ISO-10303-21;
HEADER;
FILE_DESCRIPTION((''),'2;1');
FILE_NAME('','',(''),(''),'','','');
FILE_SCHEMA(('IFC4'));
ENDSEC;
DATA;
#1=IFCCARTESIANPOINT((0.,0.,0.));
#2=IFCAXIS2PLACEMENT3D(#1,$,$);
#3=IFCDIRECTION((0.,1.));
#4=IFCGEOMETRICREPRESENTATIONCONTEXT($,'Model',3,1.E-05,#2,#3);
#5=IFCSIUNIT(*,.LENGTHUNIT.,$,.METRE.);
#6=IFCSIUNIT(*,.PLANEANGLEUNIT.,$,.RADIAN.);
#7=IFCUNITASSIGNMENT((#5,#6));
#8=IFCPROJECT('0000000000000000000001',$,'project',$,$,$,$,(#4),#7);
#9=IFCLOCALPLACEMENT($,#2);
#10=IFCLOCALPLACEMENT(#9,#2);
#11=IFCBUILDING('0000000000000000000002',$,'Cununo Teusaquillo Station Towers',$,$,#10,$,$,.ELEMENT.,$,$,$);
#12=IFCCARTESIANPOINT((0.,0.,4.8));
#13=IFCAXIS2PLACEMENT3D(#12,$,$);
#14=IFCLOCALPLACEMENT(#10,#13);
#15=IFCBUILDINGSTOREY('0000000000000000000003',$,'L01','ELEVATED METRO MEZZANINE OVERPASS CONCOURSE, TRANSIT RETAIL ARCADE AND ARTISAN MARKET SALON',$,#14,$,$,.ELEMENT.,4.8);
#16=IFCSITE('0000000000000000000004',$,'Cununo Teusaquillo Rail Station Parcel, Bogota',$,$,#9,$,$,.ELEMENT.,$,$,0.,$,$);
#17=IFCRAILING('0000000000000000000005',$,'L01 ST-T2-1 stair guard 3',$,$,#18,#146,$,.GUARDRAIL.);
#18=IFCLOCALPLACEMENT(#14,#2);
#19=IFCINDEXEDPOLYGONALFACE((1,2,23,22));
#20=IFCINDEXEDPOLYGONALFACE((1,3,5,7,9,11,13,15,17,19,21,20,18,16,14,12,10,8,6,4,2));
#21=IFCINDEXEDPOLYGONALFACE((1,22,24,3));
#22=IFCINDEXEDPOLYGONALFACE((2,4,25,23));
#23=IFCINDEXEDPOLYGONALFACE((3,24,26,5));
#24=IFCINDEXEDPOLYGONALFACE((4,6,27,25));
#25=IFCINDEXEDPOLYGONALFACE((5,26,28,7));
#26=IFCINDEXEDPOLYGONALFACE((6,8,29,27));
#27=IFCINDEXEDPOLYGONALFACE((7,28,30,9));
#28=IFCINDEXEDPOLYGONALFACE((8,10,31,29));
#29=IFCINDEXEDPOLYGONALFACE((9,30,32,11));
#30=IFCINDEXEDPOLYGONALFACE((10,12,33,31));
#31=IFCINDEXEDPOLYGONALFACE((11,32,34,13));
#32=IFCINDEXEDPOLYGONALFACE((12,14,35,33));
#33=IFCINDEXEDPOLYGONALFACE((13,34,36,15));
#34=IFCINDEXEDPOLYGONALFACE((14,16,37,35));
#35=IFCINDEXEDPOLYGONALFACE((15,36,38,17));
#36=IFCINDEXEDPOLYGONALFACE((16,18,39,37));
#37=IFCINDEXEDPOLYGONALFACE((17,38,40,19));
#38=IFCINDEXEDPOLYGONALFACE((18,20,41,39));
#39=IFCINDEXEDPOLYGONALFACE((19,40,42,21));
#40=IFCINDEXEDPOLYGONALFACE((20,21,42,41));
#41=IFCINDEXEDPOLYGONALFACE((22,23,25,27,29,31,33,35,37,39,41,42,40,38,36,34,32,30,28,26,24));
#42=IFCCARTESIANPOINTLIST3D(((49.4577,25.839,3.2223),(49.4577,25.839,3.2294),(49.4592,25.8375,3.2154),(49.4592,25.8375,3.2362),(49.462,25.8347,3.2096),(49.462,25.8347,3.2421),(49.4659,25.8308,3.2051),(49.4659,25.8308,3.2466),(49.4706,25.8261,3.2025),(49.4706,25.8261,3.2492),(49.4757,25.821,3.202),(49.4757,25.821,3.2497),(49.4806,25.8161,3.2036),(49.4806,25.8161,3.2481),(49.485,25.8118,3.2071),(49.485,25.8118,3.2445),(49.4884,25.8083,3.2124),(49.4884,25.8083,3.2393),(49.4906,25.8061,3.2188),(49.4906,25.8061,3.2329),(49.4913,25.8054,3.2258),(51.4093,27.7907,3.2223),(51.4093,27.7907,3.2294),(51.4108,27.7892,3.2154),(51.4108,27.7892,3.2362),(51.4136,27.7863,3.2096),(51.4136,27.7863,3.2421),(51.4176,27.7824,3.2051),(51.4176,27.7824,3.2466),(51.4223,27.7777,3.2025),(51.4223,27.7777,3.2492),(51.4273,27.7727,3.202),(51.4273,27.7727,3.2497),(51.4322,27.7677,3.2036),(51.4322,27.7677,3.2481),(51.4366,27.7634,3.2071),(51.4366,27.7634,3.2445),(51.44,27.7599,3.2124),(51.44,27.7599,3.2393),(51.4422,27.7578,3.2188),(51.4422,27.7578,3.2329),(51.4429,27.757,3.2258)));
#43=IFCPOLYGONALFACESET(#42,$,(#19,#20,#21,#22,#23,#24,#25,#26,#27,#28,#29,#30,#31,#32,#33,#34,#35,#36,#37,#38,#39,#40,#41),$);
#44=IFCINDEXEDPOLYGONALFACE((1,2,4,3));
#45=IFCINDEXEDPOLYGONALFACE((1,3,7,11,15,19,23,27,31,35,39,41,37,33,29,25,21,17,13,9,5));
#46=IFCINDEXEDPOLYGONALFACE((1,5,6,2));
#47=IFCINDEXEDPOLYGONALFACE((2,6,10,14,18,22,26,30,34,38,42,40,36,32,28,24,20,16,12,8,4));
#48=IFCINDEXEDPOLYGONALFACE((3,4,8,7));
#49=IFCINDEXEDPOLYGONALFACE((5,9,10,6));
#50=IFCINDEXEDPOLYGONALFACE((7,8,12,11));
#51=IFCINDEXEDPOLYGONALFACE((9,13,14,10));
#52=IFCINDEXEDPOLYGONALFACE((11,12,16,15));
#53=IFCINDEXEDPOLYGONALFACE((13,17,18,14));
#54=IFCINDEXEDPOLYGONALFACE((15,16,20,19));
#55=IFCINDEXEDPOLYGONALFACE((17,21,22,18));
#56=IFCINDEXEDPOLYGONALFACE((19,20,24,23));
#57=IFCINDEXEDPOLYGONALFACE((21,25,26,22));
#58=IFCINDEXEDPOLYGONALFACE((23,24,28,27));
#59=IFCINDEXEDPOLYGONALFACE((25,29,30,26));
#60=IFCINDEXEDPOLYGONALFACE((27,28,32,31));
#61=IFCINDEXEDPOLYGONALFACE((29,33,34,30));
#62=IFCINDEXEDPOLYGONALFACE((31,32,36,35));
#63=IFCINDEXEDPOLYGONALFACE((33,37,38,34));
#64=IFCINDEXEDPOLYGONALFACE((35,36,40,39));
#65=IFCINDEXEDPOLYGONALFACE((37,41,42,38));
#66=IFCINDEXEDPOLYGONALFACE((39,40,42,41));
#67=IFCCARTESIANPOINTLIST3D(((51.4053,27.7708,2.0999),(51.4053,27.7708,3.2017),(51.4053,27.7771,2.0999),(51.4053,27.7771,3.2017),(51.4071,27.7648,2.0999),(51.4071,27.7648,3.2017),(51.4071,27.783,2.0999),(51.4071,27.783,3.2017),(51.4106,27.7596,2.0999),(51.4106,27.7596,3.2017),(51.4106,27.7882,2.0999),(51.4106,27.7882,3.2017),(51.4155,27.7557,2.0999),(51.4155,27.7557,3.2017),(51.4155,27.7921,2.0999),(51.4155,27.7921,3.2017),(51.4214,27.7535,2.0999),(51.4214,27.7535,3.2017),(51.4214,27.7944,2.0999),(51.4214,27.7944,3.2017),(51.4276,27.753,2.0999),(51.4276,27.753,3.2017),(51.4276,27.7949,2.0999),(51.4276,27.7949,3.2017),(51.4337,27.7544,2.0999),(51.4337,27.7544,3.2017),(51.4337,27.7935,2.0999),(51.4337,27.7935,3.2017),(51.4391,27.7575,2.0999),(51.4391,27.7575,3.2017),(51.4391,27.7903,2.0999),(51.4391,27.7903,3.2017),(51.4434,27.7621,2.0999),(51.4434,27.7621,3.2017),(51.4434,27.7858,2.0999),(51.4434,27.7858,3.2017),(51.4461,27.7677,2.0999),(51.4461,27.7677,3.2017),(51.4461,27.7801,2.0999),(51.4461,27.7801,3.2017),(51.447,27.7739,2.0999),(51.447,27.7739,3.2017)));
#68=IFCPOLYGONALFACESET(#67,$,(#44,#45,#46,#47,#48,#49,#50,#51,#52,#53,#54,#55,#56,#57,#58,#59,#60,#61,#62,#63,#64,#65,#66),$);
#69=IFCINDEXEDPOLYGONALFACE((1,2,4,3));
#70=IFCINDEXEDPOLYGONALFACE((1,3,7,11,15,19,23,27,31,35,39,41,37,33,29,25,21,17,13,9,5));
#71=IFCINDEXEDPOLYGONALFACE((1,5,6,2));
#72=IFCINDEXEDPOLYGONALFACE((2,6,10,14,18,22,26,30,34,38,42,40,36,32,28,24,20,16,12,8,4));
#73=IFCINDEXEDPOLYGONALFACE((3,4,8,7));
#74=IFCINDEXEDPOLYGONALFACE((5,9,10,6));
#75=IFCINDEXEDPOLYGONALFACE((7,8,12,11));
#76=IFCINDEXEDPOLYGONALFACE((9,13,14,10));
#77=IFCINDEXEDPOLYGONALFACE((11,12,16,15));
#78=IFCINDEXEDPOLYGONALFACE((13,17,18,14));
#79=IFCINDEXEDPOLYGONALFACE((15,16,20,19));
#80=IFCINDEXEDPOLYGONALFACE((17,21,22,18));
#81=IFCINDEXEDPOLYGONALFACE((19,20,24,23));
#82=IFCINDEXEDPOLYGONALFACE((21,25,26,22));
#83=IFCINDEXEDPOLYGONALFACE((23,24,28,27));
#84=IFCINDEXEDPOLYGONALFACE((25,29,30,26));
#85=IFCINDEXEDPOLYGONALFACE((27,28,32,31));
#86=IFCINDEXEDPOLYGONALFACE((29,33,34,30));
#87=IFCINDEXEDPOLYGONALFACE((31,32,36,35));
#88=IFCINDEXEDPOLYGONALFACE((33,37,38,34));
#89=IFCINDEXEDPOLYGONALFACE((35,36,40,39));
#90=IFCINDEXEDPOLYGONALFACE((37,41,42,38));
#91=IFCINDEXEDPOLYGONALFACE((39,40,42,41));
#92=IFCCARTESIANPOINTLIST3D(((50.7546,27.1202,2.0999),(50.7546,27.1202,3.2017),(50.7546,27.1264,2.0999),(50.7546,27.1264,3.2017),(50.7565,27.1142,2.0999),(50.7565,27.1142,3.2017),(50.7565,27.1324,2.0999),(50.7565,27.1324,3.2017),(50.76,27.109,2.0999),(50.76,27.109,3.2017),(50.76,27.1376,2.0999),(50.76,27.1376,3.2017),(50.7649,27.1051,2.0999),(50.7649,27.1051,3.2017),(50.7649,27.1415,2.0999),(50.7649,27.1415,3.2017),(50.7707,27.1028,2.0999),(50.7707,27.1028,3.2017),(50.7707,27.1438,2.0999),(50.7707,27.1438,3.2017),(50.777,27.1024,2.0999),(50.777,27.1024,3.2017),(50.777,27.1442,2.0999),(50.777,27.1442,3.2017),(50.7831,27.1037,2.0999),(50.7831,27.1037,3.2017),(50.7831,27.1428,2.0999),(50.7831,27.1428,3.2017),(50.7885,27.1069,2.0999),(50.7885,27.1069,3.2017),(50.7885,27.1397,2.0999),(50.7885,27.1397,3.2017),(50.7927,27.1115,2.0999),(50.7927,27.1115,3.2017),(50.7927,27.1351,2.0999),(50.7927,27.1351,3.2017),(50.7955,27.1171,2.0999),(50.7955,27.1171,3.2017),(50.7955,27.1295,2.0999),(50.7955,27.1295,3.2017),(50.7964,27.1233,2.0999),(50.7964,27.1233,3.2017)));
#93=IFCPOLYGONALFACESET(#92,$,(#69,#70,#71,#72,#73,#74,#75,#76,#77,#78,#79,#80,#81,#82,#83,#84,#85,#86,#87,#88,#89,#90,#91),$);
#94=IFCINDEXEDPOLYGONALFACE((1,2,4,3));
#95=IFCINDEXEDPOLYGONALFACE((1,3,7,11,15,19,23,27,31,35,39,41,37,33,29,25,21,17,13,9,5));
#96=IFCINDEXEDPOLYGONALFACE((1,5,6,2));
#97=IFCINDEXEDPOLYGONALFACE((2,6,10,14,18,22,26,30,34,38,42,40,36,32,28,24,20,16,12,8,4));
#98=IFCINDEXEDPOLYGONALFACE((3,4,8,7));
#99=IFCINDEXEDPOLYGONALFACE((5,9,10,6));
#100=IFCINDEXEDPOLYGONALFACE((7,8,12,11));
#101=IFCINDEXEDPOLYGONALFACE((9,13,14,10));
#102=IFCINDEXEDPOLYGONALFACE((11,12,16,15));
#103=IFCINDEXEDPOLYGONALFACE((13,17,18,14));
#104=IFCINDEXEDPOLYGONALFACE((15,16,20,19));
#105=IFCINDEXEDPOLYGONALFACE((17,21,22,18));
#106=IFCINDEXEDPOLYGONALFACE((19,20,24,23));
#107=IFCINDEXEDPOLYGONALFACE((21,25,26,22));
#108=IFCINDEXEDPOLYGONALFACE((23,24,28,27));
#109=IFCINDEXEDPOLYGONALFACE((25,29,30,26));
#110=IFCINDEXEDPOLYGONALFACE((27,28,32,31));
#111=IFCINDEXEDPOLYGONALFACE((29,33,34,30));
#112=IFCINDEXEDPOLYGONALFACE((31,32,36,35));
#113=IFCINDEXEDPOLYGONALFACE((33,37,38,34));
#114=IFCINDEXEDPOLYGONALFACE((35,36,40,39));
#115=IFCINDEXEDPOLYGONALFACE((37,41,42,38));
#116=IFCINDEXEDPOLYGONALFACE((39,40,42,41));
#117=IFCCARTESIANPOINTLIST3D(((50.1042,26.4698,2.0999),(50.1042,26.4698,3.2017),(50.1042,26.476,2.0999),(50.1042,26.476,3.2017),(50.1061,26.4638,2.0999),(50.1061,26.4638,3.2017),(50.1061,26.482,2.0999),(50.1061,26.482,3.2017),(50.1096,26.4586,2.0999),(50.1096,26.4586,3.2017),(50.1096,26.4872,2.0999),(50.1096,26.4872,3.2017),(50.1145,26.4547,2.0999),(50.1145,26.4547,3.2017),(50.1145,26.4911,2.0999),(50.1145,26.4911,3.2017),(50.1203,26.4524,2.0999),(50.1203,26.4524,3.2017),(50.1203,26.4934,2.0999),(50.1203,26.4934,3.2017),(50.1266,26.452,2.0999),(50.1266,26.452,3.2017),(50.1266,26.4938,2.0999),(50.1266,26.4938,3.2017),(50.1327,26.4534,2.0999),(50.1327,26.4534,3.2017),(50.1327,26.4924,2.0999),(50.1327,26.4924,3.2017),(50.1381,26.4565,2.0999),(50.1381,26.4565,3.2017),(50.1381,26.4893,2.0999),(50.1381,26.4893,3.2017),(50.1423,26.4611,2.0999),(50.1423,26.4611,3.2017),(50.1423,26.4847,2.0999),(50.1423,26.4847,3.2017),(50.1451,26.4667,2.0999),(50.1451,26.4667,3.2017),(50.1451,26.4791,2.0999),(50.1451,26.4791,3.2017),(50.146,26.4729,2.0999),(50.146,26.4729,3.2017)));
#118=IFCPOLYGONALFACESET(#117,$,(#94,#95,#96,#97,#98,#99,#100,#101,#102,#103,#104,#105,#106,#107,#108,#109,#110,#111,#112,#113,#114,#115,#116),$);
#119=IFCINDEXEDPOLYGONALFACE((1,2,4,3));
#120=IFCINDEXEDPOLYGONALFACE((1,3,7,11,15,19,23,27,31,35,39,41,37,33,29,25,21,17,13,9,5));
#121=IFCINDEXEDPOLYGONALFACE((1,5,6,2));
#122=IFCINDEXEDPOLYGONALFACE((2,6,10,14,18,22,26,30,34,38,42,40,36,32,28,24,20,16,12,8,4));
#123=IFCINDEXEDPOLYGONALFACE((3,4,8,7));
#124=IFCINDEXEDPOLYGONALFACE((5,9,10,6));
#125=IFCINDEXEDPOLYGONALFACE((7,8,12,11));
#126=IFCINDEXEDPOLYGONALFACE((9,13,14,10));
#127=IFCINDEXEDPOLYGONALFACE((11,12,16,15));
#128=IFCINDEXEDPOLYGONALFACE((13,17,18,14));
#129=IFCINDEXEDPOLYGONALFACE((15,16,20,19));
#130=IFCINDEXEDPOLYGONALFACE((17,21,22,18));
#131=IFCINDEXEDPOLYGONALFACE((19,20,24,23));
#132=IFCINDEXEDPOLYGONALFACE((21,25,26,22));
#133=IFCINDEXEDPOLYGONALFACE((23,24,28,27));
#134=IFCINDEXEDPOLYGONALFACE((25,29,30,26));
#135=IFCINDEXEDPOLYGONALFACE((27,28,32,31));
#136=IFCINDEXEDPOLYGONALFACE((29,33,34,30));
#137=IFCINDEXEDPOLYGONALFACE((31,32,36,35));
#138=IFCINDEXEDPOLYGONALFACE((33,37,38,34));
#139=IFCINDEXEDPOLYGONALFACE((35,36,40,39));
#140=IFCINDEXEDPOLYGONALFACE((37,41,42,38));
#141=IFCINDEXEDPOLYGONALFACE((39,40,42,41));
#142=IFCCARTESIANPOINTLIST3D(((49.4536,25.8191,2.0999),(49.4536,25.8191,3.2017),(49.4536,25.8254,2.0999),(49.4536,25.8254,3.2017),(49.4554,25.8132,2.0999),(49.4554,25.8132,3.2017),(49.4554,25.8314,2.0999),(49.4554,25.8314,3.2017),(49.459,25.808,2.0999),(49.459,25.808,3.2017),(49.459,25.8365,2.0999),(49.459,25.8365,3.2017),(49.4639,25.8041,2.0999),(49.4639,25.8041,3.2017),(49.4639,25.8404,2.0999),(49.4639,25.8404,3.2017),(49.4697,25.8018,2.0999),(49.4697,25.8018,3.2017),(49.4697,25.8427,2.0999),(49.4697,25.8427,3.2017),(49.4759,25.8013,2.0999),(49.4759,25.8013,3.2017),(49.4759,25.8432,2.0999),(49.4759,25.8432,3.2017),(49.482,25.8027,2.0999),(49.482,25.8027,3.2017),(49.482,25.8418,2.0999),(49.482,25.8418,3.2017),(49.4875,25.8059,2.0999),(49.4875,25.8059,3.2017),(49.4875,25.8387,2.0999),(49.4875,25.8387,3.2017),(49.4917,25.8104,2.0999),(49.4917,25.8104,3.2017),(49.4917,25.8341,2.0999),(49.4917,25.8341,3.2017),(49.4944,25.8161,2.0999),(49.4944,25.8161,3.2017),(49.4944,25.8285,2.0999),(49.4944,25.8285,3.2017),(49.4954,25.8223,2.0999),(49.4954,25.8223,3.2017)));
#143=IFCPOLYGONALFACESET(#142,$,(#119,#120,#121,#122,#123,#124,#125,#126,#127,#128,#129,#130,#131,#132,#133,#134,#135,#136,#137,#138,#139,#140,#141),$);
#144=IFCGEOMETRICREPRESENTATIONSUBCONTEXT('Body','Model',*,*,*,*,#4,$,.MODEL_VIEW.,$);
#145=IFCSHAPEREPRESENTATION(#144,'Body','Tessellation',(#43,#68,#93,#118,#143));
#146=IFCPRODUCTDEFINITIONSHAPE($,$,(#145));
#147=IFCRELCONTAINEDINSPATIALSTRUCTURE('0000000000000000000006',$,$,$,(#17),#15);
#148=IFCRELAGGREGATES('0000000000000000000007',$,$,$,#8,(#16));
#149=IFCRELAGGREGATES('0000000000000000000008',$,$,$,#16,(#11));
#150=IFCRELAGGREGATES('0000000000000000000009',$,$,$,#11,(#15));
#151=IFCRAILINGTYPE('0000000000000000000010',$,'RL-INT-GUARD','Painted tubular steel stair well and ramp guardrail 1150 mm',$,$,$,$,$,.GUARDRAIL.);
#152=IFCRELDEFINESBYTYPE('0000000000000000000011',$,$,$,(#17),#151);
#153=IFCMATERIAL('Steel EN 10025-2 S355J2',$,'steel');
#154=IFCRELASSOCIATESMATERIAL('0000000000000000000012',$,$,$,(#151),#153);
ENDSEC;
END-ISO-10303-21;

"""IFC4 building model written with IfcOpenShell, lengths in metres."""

from ifc_helpers import new_model, si_unit, direction, frame, origin, origin_2d, place, context, subcontext, project, spatial, circle, extrude, material, type_object, element, save


model = new_model("IFC4")

# Units and contexts
model_context = context("Model", 3, precision=1e-05, world=origin(), true_north=direction((0.0, 1.0)))
body_context = subcontext(model_context, "Body", "Model", "MODEL_VIEW")
ifc_project = project(units=[si_unit("LENGTHUNIT", "METRE"), si_unit("PLANEANGLEUNIT", "RADIAN")], contexts=[model_context])

# Site, building, storey
site_placement = place(None, origin())
site = spatial("IfcSite", under=ifc_project, at=site_placement, Name="Cununo Teusaquillo Rail Station Parcel, Bogota", CompositionType="ELEMENT", RefElevation=0.0)
building_placement = place(site_placement, origin())
building = spatial("IfcBuilding", under=site, at=building_placement, Name="Cununo Teusaquillo Station Towers", CompositionType="ELEMENT")
storey_placement = place(building_placement, frame((0.0, 0.0, 4.8)))
storey = spatial("IfcBuildingStorey", under=building, at=storey_placement, Name="L01", Description="ELEVATED METRO MEZZANINE OVERPASS CONCOURSE, TRANSIT RETAIL ARCADE AND ARTISAN MARKET SALON", CompositionType="ELEMENT", Elevation=4.8)

# Railing
ifc_material_1 = material(Name="Steel EN 10025-2 S355J2", Category="steel")
railing_type = type_object("IfcRailingType", Name="RL-INT-GUARD", Description="Painted tubular steel stair well and ramp guardrail 1150 mm", PredefinedType="GUARDRAIL", material=ifc_material_1)
railing_1_placement = place(storey_placement, frame((51.426, 27.7739, 2.0999)))
element("IfcRailing", 1, at=railing_1_placement, inside=storey, type_object=railing_type, Name="L01 ST-T2-1 stair guard 3", PredefinedType="GUARDRAIL", context=body_context, shape_type="SweptSolid", body=[
    extrude(circle(Radius=0.0239, at=origin_2d()), frame((0.0, 0.0, 1.126), z_axis=(-0.707107, -0.707107, 0.0), x_axis=(0.707107, -0.707107, 0.0)), (0.0, 0.0, 1.0), 2.76),
    extrude(circle(Radius=0.021, at=origin_2d()), origin(), (0.0, 0.0, 1.0), 1.1018),
    extrude(circle(Radius=0.021, at=origin_2d()), frame((-0.6506, -0.6506, 0.0)), (0.0, 0.0, 1.0), 1.1018),
    extrude(circle(Radius=0.021, at=origin_2d()), frame((-1.301, -1.301, 0.0)), (0.0, 0.0, 1.0), 1.1018),
    extrude(circle(Radius=0.021, at=origin_2d()), frame((-1.9517, -1.9517, 0.0)), (0.0, 0.0, 1.0), 1.1018),
])

save(model, "model.ifc")
